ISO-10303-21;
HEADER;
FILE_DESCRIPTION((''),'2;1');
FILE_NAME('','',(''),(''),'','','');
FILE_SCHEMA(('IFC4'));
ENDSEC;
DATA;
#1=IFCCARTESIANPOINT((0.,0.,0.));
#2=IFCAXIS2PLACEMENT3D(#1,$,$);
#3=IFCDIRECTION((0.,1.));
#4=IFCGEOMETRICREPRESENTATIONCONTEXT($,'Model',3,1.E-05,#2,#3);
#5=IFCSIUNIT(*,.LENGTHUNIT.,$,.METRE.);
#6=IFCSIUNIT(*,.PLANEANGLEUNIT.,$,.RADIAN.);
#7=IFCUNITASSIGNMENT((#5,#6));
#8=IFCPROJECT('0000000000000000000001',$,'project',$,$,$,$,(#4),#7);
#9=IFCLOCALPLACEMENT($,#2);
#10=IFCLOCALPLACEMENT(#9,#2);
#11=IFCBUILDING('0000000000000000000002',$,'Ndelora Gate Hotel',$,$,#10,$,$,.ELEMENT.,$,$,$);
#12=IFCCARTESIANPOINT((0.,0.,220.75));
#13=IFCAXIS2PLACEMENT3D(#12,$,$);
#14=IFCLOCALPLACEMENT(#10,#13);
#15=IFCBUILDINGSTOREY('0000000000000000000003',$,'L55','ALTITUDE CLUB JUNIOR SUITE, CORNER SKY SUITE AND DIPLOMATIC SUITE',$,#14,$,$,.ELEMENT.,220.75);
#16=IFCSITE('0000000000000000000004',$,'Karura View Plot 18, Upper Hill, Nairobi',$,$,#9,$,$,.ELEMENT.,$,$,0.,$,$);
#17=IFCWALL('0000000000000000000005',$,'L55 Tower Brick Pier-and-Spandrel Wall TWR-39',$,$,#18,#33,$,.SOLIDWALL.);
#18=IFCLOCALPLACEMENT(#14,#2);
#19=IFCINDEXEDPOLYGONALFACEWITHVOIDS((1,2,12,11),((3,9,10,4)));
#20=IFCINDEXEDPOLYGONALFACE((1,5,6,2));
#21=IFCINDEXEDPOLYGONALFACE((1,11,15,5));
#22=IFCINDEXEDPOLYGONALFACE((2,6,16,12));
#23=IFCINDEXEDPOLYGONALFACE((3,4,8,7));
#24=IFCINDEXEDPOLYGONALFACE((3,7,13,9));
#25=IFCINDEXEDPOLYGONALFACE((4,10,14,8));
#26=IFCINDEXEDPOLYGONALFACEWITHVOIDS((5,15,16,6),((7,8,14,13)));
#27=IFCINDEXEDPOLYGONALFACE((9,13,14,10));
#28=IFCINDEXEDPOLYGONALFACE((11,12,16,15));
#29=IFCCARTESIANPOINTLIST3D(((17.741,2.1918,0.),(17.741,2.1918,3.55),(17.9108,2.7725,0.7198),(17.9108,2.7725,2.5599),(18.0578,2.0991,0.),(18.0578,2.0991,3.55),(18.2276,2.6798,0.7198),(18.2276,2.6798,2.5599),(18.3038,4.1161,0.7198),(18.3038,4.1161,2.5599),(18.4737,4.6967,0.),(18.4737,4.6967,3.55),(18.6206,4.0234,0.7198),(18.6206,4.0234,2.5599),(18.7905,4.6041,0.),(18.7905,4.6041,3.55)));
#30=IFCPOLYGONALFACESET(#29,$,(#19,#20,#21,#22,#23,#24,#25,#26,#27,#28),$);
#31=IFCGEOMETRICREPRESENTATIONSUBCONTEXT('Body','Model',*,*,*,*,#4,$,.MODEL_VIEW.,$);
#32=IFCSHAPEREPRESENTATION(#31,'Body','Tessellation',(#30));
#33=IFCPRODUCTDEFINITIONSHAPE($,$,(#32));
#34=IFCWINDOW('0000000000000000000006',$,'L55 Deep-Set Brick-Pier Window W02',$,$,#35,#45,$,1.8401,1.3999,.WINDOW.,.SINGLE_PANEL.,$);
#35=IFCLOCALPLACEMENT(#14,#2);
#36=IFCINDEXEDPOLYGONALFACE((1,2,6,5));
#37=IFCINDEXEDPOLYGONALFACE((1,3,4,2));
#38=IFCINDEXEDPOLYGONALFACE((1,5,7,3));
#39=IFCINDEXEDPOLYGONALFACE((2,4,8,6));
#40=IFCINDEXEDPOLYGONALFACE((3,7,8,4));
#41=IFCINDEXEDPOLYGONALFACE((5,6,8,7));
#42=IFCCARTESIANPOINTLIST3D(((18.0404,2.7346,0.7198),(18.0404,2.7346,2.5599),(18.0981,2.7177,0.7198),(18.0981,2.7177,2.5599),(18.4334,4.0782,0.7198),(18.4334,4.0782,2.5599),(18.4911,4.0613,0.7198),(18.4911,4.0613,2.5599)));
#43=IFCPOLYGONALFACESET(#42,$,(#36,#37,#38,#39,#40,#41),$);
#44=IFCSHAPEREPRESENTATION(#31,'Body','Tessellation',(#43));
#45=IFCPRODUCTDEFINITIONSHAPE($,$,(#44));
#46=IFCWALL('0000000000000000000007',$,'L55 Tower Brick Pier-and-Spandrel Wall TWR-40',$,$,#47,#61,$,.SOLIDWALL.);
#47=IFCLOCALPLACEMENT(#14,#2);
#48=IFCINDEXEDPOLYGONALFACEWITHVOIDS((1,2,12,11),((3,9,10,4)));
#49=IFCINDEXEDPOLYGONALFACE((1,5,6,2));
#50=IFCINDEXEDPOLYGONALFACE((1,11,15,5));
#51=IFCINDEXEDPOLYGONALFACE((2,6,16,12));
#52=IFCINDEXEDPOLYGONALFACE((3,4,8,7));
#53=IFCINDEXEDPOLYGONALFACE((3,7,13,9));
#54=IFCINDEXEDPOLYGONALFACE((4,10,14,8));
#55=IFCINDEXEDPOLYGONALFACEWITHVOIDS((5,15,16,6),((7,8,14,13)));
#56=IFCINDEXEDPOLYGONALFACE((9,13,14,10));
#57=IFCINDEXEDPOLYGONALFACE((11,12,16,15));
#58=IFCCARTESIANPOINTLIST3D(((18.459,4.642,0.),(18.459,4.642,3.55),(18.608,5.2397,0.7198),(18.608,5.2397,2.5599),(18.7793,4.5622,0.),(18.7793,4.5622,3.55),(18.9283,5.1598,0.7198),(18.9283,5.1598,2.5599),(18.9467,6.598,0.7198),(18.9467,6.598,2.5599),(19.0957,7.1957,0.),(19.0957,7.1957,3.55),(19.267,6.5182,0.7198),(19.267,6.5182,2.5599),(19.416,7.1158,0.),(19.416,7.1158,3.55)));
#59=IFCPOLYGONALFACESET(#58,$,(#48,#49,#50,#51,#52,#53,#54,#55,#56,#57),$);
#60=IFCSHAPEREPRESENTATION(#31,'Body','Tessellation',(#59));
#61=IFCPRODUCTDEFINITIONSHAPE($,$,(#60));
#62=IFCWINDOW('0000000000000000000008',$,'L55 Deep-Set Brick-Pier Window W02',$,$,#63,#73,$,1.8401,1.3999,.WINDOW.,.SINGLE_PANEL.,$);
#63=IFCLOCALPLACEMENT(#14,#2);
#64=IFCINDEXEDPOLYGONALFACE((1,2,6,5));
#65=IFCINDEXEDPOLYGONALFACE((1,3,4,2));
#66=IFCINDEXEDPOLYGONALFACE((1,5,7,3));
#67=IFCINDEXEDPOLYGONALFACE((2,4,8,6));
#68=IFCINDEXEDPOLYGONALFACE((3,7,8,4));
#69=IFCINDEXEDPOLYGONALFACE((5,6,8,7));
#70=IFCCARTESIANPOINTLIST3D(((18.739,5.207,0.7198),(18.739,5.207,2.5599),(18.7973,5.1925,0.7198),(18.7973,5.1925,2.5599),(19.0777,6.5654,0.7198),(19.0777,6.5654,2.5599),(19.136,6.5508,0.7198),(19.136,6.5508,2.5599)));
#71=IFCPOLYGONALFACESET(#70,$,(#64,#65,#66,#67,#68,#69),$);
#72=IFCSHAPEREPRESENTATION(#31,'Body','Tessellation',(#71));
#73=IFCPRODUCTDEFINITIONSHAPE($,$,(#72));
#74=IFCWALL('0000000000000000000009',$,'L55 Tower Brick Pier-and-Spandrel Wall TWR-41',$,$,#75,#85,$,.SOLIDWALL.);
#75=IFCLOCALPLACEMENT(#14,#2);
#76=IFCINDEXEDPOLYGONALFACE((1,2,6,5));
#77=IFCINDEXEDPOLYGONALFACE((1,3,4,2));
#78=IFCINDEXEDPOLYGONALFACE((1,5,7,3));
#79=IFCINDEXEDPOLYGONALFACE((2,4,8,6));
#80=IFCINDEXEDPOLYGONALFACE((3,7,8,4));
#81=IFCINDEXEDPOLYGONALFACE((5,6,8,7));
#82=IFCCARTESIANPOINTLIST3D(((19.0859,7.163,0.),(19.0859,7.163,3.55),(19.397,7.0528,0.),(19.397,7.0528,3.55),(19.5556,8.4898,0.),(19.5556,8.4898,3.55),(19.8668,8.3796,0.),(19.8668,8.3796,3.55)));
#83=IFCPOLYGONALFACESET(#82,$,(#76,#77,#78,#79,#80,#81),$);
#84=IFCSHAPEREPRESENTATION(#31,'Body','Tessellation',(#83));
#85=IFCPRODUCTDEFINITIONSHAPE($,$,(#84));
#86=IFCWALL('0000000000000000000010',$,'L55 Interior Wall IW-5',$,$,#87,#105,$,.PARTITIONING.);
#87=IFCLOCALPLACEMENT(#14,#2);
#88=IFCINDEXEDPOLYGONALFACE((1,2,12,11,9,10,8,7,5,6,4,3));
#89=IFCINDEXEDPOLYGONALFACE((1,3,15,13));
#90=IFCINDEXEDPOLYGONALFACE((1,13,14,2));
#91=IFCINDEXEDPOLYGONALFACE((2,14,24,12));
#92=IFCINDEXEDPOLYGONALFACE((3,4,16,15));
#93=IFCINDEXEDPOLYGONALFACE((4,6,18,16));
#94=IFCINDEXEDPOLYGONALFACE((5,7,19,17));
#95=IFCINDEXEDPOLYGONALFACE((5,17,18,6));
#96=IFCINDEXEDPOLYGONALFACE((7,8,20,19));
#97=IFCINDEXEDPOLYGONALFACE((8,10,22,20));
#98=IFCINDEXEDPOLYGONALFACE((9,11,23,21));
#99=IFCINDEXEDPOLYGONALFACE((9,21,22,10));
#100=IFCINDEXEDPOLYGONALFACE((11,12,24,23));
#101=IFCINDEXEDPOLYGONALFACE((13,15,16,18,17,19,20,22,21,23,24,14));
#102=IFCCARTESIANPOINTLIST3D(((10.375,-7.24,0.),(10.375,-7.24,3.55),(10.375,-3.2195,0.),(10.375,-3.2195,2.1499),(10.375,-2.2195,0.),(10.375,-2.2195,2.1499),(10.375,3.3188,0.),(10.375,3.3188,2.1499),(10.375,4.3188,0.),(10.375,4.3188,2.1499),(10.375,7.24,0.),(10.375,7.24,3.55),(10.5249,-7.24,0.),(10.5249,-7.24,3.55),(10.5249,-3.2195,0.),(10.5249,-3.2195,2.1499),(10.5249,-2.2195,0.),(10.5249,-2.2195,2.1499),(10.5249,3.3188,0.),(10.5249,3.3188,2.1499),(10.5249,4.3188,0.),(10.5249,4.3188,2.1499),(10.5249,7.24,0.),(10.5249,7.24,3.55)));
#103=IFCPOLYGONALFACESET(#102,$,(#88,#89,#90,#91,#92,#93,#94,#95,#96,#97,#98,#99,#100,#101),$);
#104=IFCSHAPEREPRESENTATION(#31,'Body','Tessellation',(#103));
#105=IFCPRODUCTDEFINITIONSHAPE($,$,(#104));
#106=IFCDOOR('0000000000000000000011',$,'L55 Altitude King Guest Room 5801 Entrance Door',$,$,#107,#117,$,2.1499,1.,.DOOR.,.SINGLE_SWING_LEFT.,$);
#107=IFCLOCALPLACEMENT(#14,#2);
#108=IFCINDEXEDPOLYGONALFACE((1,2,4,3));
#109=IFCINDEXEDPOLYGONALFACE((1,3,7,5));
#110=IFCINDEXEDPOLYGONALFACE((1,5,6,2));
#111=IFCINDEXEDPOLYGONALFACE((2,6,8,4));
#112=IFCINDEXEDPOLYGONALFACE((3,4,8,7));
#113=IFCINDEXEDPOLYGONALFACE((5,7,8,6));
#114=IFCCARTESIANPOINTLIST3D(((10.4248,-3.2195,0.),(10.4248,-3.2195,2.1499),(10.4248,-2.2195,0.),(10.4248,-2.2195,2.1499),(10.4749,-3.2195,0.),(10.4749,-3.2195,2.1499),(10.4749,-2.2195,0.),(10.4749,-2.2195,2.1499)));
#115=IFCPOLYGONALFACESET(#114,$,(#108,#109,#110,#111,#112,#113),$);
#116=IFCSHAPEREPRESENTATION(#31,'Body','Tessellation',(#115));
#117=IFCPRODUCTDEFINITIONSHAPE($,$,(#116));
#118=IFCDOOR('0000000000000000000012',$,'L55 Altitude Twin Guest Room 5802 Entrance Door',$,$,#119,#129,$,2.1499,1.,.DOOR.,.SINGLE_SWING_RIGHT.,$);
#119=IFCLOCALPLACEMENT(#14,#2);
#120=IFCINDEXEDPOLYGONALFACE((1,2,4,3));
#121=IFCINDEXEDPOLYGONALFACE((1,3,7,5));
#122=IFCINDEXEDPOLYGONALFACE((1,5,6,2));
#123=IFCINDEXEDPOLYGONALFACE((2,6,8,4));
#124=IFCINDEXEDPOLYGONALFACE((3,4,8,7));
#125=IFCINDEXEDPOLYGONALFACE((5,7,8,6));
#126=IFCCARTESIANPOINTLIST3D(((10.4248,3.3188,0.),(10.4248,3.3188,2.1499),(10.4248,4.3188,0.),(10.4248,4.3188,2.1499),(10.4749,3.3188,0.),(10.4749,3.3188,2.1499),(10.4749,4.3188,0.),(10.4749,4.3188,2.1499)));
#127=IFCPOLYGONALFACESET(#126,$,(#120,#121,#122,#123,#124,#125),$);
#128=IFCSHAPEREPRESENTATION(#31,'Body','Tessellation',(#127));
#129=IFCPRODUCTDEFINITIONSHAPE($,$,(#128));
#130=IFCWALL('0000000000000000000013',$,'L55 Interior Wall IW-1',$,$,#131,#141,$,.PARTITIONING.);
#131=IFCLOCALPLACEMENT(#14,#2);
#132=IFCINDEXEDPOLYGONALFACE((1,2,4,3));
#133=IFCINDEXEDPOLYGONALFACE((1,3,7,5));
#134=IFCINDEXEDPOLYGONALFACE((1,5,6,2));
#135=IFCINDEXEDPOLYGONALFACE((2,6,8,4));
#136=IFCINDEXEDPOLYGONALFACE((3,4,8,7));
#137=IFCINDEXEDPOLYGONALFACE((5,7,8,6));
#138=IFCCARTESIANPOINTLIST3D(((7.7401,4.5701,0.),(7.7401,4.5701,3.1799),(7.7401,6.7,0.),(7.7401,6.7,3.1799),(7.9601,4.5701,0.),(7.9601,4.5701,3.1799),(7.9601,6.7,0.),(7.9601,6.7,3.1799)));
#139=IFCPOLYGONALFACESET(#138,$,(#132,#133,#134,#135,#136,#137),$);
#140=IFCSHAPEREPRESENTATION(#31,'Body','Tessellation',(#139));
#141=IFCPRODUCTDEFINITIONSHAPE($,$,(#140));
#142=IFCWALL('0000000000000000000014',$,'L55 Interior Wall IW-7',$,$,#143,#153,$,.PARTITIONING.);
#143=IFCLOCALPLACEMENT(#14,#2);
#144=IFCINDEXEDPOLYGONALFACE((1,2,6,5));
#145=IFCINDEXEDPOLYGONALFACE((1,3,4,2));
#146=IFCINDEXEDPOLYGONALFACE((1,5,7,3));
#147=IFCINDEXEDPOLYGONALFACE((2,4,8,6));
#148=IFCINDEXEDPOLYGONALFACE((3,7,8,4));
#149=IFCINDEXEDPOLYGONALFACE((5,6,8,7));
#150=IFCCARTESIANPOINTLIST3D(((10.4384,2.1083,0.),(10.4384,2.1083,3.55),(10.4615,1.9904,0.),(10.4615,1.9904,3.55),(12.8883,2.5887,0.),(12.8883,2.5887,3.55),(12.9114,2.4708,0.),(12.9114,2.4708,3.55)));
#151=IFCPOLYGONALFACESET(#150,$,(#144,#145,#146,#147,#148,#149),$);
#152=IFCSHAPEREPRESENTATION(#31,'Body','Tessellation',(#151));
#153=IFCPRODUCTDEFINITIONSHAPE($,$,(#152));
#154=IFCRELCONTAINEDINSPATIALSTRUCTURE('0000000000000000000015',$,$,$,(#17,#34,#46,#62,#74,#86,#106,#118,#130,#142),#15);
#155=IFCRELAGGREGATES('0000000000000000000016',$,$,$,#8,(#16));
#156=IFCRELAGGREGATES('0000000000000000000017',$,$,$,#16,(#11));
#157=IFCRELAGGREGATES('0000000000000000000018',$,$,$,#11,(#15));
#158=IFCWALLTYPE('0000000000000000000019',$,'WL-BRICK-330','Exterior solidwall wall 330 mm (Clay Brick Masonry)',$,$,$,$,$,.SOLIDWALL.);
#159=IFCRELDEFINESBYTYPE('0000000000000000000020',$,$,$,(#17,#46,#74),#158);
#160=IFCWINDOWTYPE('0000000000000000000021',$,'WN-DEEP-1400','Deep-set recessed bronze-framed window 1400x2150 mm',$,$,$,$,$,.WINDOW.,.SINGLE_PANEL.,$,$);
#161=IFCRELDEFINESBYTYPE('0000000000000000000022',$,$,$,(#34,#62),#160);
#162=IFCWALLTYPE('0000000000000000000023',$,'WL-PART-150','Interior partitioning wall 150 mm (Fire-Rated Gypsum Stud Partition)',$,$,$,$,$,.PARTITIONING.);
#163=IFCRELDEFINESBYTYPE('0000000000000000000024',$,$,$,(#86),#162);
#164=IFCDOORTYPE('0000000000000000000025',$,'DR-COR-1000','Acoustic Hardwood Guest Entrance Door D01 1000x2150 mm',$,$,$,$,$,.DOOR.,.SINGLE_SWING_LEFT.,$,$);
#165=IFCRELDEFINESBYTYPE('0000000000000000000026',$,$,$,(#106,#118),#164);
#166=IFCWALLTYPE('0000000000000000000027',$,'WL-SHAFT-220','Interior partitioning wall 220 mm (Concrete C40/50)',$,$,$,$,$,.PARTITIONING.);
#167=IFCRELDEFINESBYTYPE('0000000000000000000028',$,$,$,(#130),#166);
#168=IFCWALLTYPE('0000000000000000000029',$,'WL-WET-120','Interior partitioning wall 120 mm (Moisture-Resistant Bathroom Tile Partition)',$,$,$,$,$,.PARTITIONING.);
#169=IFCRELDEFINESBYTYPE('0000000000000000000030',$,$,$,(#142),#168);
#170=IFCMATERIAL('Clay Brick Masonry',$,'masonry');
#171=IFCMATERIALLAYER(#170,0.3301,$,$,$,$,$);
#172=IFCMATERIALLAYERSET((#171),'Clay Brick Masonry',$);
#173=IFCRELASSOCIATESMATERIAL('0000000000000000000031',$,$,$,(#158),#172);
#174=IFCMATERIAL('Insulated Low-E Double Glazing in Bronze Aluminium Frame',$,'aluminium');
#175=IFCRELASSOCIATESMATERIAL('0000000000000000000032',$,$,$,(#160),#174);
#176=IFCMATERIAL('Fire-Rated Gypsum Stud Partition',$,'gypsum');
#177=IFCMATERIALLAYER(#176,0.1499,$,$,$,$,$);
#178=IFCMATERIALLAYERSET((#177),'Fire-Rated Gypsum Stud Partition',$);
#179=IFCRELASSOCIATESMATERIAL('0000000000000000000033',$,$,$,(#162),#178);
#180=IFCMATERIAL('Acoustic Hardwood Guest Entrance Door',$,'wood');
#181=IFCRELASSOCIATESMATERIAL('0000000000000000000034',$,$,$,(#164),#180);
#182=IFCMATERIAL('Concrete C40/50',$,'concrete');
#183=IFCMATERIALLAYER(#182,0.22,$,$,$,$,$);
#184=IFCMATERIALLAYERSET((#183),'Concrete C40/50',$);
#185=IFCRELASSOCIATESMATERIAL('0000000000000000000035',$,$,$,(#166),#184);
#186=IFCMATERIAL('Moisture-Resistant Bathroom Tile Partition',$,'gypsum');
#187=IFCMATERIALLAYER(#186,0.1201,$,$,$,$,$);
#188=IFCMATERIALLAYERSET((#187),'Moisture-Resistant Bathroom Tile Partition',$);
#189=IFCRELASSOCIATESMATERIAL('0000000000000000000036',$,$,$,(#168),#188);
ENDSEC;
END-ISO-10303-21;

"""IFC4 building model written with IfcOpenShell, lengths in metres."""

from ifc_helpers import new_model, si_unit, direction, frame, frame_2d, origin, place, context, subcontext, project, spatial, rectangle, extrude, material, layer, layer_set, type_object, element, fill, save


model = new_model("IFC4")

# Units and contexts
model_context = context("Model", 3, precision=1e-05, world=origin(), true_north=direction((0.0, 1.0)))
body_context = subcontext(model_context, "Body", "Model", "MODEL_VIEW")
ifc_project = project(units=[si_unit("LENGTHUNIT", "METRE"), si_unit("PLANEANGLEUNIT", "RADIAN")], contexts=[model_context])

# Site, building, storey
site_placement = place(None, origin())
site = spatial("IfcSite", under=ifc_project, at=site_placement, Name="Karura View Plot 18, Upper Hill, Nairobi", CompositionType="ELEMENT", RefElevation=0.0)
building_placement = place(site_placement, origin())
building = spatial("IfcBuilding", under=site, at=building_placement, Name="Ndelora Gate Hotel", CompositionType="ELEMENT")
storey_placement = place(building_placement, frame((0.0, 0.0, 220.75)))
storey = spatial("IfcBuildingStorey", under=building, at=storey_placement, Name="L55", Description="ALTITUDE CLUB JUNIOR SUITE, CORNER SKY SUITE AND DIPLOMATIC SUITE", CompositionType="ELEMENT", Elevation=220.75)

# Walls, openings, windows
ifc_material_1 = material(Name="Clay Brick Masonry", Category="masonry")
ifc_layer_1 = layer(ifc_material_1, 0.3301)
ifc_layer_set_1 = layer_set([ifc_layer_1], Name="Clay Brick Masonry")
wall_type_1 = type_object("IfcWallType", Name="WL-BRICK-330", Description="Exterior solidwall wall 330 mm (Clay Brick Masonry)", PredefinedType="SOLIDWALL", material=ifc_layer_set_1)
ifc_material_2 = material(Name="Insulated Low-E Double Glazing in Bronze Aluminium Frame", Category="aluminium")
window_type = type_object("IfcWindowType", Name="WN-DEEP-1400", Description="Deep-set recessed bronze-framed window 1400x2150 mm", PartitioningType="SINGLE_PANEL", PredefinedType="WINDOW", material=ifc_material_2)
wall_1_placement = place(storey_placement, frame((18.6321, 4.6504, 0.0), z_axis=(0.0, 0.0, 1.0), x_axis=(-0.280733, -0.959786, 0.0)))
wall_1 = element("IfcWall", 1, at=wall_1_placement, inside=storey, type_object=wall_type_1, Name="L55 Tower Brick Pier-and-Spandrel Wall TWR-39", PredefinedType="SOLIDWALL", context=body_context, shape_type="SweptSolid", body=[
    extrude(rectangle(XDim=2.6099, YDim=0.3301, at=frame_2d((1.3049, 0.0))), origin(), (0.0, 0.0, 1.0), 3.55),
])
opening_1_placement = place(wall_1_placement, frame((0.605, 0.0, 0.72)))
opening_1 = element("IfcOpeningElement", 2, at=opening_1_placement, cuts=wall_1, PredefinedType="OPENING", context=body_context, shape_type="SweptSolid", body=[
    extrude(rectangle(XDim=1.3999, YDim=1.8401, at=frame_2d((0.7, 0.9199))), frame((0.0, 0.175, 0.0), z_axis=(0.0, -1.0, 0.0), x_axis=(1.0, 0.0, 0.0)), (0.0, 0.0, 1.0), 0.3501),
])
window_1_placement = place(opening_1_placement, origin())
window_1 = element("IfcWindow", 3, at=window_1_placement, inside=storey, type_object=window_type, Name="L55 Deep-Set Brick-Pier Window W02", OverallHeight=1.8401, OverallWidth=1.3999, PartitioningType="SINGLE_PANEL", PredefinedType="WINDOW", context=body_context, shape_type="SweptSolid", body=[
    extrude(rectangle(XDim=1.3999, YDim=1.8401, at=frame_2d((0.7, 0.9199))), frame((0.0, 0.03, 0.0), z_axis=(0.0, -1.0, 0.0), x_axis=(1.0, 0.0, 0.0)), (0.0, 0.0, 1.0), 0.0601),
])
fill(opening_1, window_1)
wall_2_placement = place(storey_placement, frame((19.2559, 7.1558, 0.0), z_axis=(0.0, 0.0, 1.0), x_axis=(-0.241924, -0.970295, 0.0)))
wall_2 = element("IfcWall", 4, at=wall_2_placement, inside=storey, type_object=wall_type_1, Name="L55 Tower Brick Pier-and-Spandrel Wall TWR-40", PredefinedType="SOLIDWALL", context=body_context, shape_type="SweptSolid", body=[
    extrude(rectangle(XDim=2.6318, YDim=0.3301, at=frame_2d((1.3159, 0.0))), origin(), (0.0, 0.0, 1.0), 3.55),
])
opening_2_placement = place(wall_2_placement, frame((0.616, 0.0, 0.72)))
opening_2 = element("IfcOpeningElement", 5, at=opening_2_placement, cuts=wall_2, PredefinedType="OPENING", context=body_context, shape_type="SweptSolid", body=[
    extrude(rectangle(XDim=1.3999, YDim=1.8401, at=frame_2d((0.7, 0.9199))), frame((0.0, 0.175, 0.0), z_axis=(0.0, -1.0, 0.0), x_axis=(1.0, 0.0, 0.0)), (0.0, 0.0, 1.0), 0.3501),
])
window_2_placement = place(opening_2_placement, origin())
window_2 = element("IfcWindow", 6, at=window_2_placement, inside=storey, type_object=window_type, Name="L55 Deep-Set Brick-Pier Window W02", OverallHeight=1.8401, OverallWidth=1.3999, PartitioningType="SINGLE_PANEL", PredefinedType="WINDOW", context=body_context, shape_type="SweptSolid", body=[
    extrude(rectangle(XDim=1.3999, YDim=1.8401, at=frame_2d((0.7, 0.9199))), frame((0.0, 0.03, 0.0), z_axis=(0.0, -1.0, 0.0), x_axis=(1.0, 0.0, 0.0)), (0.0, 0.0, 1.0), 0.0601),
])
fill(opening_2, window_2)

# Wall
wall_3_placement = place(storey_placement, frame((19.7112, 8.4346, 0.0), z_axis=(0.0, 0.0, 1.0), x_axis=(-0.333764, -0.942657, 0.0)))
element("IfcWall", 7, at=wall_3_placement, inside=storey, type_object=wall_type_1, Name="L55 Tower Brick Pier-and-Spandrel Wall TWR-41", PredefinedType="SOLIDWALL", context=body_context, shape_type="SweptSolid", body=[
    extrude(rectangle(XDim=1.4075, YDim=0.3301, at=frame_2d((0.7036, 0.0))), origin(), (0.0, 0.0, 1.0), 3.55),
])

# Shared definitions
ifc_material_3 = material(Name="Concrete C40/50", Category="concrete")

# Wall, openings, doors
ifc_material_4 = material(Name="Fire-Rated Gypsum Stud Partition", Category="gypsum")
ifc_layer_2 = layer(ifc_material_4, 0.1499)
ifc_layer_set_2 = layer_set([ifc_layer_2], Name="Fire-Rated Gypsum Stud Partition")
wall_type_2 = type_object("IfcWallType", Name="WL-PART-150", Description="Interior partitioning wall 150 mm (Fire-Rated Gypsum Stud Partition)", PredefinedType="PARTITIONING", material=ifc_layer_set_2)
wall_4_placement = place(storey_placement, frame((10.45, 7.24, 0.0), z_axis=(0.0, 0.0, 1.0), x_axis=(0.0, -1.0, 0.0)))
wall_4 = element("IfcWall", 8, at=wall_4_placement, inside=storey, type_object=wall_type_2, Name="L55 Interior Wall IW-5", PredefinedType="PARTITIONING", context=body_context, shape_type="SweptSolid", body=[
    extrude(rectangle(XDim=14.48, YDim=0.1499, at=frame_2d((7.24, 0.0))), origin(), (0.0, 0.0, 1.0), 3.55),
])
opening_3_placement = place(wall_4_placement, frame((9.4595, 0.0, 0.0)))
opening_3 = element("IfcOpeningElement", 9, at=opening_3_placement, cuts=wall_4, PredefinedType="OPENING", context=body_context, shape_type="SweptSolid", body=[
    extrude(rectangle(XDim=1.0, YDim=2.1499, at=frame_2d((0.5, 1.075))), frame((0.0, 0.085, 0.0), z_axis=(0.0, -1.0, 0.0), x_axis=(1.0, 0.0, 0.0)), (0.0, 0.0, 1.0), 0.1699),
])
opening_4_placement = place(wall_4_placement, frame((2.9211, 0.0, 0.0)))
opening_4 = element("IfcOpeningElement", 10, at=opening_4_placement, cuts=wall_4, PredefinedType="OPENING", context=body_context, shape_type="SweptSolid", body=[
    extrude(rectangle(XDim=1.0, YDim=2.1499, at=frame_2d((0.5, 1.075))), frame((0.0, 0.085, 0.0), z_axis=(0.0, -1.0, 0.0), x_axis=(1.0, 0.0, 0.0)), (0.0, 0.0, 1.0), 0.1699),
])
ifc_material_5 = material(Name="Acoustic Hardwood Guest Entrance Door", Category="wood")
door_type_1 = type_object("IfcDoorType", Name="DR-COR-1000", Description="Acoustic Hardwood Guest Entrance Door D01 1000x2150 mm", OperationType="SINGLE_SWING_LEFT", PredefinedType="DOOR", material=ifc_material_5)
door_1_placement = place(opening_3_placement, origin())
door_1 = element("IfcDoor", 11, at=door_1_placement, inside=storey, type_object=door_type_1, Name="L55 Altitude King Guest Room 5801 Entrance Door", OperationType="SINGLE_SWING_LEFT", OverallHeight=2.1499, OverallWidth=1.0, PredefinedType="DOOR", context=body_context, shape_type="SweptSolid", body=[
    extrude(rectangle(XDim=1.0, YDim=2.1499, at=frame_2d((0.5, 1.075))), frame((0.0, 0.0249, 0.0), z_axis=(0.0, -1.0, 0.0), x_axis=(1.0, 0.0, 0.0)), (0.0, 0.0, 1.0), 0.05),
])
fill(opening_3, door_1)
door_2_placement = place(opening_4_placement, origin())
door_2 = element("IfcDoor", 12, at=door_2_placement, inside=storey, type_object=door_type_1, Name="L55 Altitude Twin Guest Room 5802 Entrance Door", OperationType="SINGLE_SWING_RIGHT", OverallHeight=2.1499, OverallWidth=1.0, PredefinedType="DOOR", context=body_context, shape_type="SweptSolid", body=[
    extrude(rectangle(XDim=1.0, YDim=2.1499, at=frame_2d((0.5, 1.075))), frame((0.0, 0.0249, 0.0), z_axis=(0.0, -1.0, 0.0), x_axis=(1.0, 0.0, 0.0)), (0.0, 0.0, 1.0), 0.05),
])
fill(opening_4, door_2)

# Walls
ifc_layer_3 = layer(ifc_material_3, 0.22)
ifc_layer_set_3 = layer_set([ifc_layer_3], Name="Concrete C40/50")
wall_type_3 = type_object("IfcWallType", Name="WL-SHAFT-220", Description="Interior partitioning wall 220 mm (Concrete C40/50)", PredefinedType="PARTITIONING", material=ifc_layer_set_3)
wall_5_placement = place(storey_placement, frame((7.8501, 4.5701, 0.0), z_axis=(0.0, 0.0, 1.0), x_axis=(0.0, 1.0, 0.0)))
element("IfcWall", 13, at=wall_5_placement, inside=storey, type_object=wall_type_3, Name="L55 Interior Wall IW-1", PredefinedType="PARTITIONING", context=body_context, shape_type="SweptSolid", body=[
    extrude(rectangle(XDim=2.1299, YDim=0.22, at=frame_2d((1.0649, 0.0))), origin(), (0.0, 0.0, 1.0), 3.1799),
])
ifc_material_6 = material(Name="Moisture-Resistant Bathroom Tile Partition", Category="gypsum")
ifc_layer_4 = layer(ifc_material_6, 0.1201)
ifc_layer_set_4 = layer_set([ifc_layer_4], Name="Moisture-Resistant Bathroom Tile Partition")
wall_type_4 = type_object("IfcWallType", Name="WL-WET-120", Description="Interior partitioning wall 120 mm (Moisture-Resistant Bathroom Tile Partition)", PredefinedType="PARTITIONING", material=ifc_layer_set_4)
wall_6_placement = place(storey_placement, frame((10.45, 2.0493, 0.0), z_axis=(0.0, 0.0, 1.0), x_axis=(0.981307, 0.192448, 0.0)))
element("IfcWall", 14, at=wall_6_placement, inside=storey, type_object=wall_type_4, Name="L55 Interior Wall IW-7", PredefinedType="PARTITIONING", context=body_context, shape_type="SweptSolid", body=[
    extrude(rectangle(XDim=2.4966, YDim=0.1201, at=frame_2d((1.2483, 0.0))), origin(), (0.0, 0.0, 1.0), 3.55),
])

save(model, "model.ifc")
